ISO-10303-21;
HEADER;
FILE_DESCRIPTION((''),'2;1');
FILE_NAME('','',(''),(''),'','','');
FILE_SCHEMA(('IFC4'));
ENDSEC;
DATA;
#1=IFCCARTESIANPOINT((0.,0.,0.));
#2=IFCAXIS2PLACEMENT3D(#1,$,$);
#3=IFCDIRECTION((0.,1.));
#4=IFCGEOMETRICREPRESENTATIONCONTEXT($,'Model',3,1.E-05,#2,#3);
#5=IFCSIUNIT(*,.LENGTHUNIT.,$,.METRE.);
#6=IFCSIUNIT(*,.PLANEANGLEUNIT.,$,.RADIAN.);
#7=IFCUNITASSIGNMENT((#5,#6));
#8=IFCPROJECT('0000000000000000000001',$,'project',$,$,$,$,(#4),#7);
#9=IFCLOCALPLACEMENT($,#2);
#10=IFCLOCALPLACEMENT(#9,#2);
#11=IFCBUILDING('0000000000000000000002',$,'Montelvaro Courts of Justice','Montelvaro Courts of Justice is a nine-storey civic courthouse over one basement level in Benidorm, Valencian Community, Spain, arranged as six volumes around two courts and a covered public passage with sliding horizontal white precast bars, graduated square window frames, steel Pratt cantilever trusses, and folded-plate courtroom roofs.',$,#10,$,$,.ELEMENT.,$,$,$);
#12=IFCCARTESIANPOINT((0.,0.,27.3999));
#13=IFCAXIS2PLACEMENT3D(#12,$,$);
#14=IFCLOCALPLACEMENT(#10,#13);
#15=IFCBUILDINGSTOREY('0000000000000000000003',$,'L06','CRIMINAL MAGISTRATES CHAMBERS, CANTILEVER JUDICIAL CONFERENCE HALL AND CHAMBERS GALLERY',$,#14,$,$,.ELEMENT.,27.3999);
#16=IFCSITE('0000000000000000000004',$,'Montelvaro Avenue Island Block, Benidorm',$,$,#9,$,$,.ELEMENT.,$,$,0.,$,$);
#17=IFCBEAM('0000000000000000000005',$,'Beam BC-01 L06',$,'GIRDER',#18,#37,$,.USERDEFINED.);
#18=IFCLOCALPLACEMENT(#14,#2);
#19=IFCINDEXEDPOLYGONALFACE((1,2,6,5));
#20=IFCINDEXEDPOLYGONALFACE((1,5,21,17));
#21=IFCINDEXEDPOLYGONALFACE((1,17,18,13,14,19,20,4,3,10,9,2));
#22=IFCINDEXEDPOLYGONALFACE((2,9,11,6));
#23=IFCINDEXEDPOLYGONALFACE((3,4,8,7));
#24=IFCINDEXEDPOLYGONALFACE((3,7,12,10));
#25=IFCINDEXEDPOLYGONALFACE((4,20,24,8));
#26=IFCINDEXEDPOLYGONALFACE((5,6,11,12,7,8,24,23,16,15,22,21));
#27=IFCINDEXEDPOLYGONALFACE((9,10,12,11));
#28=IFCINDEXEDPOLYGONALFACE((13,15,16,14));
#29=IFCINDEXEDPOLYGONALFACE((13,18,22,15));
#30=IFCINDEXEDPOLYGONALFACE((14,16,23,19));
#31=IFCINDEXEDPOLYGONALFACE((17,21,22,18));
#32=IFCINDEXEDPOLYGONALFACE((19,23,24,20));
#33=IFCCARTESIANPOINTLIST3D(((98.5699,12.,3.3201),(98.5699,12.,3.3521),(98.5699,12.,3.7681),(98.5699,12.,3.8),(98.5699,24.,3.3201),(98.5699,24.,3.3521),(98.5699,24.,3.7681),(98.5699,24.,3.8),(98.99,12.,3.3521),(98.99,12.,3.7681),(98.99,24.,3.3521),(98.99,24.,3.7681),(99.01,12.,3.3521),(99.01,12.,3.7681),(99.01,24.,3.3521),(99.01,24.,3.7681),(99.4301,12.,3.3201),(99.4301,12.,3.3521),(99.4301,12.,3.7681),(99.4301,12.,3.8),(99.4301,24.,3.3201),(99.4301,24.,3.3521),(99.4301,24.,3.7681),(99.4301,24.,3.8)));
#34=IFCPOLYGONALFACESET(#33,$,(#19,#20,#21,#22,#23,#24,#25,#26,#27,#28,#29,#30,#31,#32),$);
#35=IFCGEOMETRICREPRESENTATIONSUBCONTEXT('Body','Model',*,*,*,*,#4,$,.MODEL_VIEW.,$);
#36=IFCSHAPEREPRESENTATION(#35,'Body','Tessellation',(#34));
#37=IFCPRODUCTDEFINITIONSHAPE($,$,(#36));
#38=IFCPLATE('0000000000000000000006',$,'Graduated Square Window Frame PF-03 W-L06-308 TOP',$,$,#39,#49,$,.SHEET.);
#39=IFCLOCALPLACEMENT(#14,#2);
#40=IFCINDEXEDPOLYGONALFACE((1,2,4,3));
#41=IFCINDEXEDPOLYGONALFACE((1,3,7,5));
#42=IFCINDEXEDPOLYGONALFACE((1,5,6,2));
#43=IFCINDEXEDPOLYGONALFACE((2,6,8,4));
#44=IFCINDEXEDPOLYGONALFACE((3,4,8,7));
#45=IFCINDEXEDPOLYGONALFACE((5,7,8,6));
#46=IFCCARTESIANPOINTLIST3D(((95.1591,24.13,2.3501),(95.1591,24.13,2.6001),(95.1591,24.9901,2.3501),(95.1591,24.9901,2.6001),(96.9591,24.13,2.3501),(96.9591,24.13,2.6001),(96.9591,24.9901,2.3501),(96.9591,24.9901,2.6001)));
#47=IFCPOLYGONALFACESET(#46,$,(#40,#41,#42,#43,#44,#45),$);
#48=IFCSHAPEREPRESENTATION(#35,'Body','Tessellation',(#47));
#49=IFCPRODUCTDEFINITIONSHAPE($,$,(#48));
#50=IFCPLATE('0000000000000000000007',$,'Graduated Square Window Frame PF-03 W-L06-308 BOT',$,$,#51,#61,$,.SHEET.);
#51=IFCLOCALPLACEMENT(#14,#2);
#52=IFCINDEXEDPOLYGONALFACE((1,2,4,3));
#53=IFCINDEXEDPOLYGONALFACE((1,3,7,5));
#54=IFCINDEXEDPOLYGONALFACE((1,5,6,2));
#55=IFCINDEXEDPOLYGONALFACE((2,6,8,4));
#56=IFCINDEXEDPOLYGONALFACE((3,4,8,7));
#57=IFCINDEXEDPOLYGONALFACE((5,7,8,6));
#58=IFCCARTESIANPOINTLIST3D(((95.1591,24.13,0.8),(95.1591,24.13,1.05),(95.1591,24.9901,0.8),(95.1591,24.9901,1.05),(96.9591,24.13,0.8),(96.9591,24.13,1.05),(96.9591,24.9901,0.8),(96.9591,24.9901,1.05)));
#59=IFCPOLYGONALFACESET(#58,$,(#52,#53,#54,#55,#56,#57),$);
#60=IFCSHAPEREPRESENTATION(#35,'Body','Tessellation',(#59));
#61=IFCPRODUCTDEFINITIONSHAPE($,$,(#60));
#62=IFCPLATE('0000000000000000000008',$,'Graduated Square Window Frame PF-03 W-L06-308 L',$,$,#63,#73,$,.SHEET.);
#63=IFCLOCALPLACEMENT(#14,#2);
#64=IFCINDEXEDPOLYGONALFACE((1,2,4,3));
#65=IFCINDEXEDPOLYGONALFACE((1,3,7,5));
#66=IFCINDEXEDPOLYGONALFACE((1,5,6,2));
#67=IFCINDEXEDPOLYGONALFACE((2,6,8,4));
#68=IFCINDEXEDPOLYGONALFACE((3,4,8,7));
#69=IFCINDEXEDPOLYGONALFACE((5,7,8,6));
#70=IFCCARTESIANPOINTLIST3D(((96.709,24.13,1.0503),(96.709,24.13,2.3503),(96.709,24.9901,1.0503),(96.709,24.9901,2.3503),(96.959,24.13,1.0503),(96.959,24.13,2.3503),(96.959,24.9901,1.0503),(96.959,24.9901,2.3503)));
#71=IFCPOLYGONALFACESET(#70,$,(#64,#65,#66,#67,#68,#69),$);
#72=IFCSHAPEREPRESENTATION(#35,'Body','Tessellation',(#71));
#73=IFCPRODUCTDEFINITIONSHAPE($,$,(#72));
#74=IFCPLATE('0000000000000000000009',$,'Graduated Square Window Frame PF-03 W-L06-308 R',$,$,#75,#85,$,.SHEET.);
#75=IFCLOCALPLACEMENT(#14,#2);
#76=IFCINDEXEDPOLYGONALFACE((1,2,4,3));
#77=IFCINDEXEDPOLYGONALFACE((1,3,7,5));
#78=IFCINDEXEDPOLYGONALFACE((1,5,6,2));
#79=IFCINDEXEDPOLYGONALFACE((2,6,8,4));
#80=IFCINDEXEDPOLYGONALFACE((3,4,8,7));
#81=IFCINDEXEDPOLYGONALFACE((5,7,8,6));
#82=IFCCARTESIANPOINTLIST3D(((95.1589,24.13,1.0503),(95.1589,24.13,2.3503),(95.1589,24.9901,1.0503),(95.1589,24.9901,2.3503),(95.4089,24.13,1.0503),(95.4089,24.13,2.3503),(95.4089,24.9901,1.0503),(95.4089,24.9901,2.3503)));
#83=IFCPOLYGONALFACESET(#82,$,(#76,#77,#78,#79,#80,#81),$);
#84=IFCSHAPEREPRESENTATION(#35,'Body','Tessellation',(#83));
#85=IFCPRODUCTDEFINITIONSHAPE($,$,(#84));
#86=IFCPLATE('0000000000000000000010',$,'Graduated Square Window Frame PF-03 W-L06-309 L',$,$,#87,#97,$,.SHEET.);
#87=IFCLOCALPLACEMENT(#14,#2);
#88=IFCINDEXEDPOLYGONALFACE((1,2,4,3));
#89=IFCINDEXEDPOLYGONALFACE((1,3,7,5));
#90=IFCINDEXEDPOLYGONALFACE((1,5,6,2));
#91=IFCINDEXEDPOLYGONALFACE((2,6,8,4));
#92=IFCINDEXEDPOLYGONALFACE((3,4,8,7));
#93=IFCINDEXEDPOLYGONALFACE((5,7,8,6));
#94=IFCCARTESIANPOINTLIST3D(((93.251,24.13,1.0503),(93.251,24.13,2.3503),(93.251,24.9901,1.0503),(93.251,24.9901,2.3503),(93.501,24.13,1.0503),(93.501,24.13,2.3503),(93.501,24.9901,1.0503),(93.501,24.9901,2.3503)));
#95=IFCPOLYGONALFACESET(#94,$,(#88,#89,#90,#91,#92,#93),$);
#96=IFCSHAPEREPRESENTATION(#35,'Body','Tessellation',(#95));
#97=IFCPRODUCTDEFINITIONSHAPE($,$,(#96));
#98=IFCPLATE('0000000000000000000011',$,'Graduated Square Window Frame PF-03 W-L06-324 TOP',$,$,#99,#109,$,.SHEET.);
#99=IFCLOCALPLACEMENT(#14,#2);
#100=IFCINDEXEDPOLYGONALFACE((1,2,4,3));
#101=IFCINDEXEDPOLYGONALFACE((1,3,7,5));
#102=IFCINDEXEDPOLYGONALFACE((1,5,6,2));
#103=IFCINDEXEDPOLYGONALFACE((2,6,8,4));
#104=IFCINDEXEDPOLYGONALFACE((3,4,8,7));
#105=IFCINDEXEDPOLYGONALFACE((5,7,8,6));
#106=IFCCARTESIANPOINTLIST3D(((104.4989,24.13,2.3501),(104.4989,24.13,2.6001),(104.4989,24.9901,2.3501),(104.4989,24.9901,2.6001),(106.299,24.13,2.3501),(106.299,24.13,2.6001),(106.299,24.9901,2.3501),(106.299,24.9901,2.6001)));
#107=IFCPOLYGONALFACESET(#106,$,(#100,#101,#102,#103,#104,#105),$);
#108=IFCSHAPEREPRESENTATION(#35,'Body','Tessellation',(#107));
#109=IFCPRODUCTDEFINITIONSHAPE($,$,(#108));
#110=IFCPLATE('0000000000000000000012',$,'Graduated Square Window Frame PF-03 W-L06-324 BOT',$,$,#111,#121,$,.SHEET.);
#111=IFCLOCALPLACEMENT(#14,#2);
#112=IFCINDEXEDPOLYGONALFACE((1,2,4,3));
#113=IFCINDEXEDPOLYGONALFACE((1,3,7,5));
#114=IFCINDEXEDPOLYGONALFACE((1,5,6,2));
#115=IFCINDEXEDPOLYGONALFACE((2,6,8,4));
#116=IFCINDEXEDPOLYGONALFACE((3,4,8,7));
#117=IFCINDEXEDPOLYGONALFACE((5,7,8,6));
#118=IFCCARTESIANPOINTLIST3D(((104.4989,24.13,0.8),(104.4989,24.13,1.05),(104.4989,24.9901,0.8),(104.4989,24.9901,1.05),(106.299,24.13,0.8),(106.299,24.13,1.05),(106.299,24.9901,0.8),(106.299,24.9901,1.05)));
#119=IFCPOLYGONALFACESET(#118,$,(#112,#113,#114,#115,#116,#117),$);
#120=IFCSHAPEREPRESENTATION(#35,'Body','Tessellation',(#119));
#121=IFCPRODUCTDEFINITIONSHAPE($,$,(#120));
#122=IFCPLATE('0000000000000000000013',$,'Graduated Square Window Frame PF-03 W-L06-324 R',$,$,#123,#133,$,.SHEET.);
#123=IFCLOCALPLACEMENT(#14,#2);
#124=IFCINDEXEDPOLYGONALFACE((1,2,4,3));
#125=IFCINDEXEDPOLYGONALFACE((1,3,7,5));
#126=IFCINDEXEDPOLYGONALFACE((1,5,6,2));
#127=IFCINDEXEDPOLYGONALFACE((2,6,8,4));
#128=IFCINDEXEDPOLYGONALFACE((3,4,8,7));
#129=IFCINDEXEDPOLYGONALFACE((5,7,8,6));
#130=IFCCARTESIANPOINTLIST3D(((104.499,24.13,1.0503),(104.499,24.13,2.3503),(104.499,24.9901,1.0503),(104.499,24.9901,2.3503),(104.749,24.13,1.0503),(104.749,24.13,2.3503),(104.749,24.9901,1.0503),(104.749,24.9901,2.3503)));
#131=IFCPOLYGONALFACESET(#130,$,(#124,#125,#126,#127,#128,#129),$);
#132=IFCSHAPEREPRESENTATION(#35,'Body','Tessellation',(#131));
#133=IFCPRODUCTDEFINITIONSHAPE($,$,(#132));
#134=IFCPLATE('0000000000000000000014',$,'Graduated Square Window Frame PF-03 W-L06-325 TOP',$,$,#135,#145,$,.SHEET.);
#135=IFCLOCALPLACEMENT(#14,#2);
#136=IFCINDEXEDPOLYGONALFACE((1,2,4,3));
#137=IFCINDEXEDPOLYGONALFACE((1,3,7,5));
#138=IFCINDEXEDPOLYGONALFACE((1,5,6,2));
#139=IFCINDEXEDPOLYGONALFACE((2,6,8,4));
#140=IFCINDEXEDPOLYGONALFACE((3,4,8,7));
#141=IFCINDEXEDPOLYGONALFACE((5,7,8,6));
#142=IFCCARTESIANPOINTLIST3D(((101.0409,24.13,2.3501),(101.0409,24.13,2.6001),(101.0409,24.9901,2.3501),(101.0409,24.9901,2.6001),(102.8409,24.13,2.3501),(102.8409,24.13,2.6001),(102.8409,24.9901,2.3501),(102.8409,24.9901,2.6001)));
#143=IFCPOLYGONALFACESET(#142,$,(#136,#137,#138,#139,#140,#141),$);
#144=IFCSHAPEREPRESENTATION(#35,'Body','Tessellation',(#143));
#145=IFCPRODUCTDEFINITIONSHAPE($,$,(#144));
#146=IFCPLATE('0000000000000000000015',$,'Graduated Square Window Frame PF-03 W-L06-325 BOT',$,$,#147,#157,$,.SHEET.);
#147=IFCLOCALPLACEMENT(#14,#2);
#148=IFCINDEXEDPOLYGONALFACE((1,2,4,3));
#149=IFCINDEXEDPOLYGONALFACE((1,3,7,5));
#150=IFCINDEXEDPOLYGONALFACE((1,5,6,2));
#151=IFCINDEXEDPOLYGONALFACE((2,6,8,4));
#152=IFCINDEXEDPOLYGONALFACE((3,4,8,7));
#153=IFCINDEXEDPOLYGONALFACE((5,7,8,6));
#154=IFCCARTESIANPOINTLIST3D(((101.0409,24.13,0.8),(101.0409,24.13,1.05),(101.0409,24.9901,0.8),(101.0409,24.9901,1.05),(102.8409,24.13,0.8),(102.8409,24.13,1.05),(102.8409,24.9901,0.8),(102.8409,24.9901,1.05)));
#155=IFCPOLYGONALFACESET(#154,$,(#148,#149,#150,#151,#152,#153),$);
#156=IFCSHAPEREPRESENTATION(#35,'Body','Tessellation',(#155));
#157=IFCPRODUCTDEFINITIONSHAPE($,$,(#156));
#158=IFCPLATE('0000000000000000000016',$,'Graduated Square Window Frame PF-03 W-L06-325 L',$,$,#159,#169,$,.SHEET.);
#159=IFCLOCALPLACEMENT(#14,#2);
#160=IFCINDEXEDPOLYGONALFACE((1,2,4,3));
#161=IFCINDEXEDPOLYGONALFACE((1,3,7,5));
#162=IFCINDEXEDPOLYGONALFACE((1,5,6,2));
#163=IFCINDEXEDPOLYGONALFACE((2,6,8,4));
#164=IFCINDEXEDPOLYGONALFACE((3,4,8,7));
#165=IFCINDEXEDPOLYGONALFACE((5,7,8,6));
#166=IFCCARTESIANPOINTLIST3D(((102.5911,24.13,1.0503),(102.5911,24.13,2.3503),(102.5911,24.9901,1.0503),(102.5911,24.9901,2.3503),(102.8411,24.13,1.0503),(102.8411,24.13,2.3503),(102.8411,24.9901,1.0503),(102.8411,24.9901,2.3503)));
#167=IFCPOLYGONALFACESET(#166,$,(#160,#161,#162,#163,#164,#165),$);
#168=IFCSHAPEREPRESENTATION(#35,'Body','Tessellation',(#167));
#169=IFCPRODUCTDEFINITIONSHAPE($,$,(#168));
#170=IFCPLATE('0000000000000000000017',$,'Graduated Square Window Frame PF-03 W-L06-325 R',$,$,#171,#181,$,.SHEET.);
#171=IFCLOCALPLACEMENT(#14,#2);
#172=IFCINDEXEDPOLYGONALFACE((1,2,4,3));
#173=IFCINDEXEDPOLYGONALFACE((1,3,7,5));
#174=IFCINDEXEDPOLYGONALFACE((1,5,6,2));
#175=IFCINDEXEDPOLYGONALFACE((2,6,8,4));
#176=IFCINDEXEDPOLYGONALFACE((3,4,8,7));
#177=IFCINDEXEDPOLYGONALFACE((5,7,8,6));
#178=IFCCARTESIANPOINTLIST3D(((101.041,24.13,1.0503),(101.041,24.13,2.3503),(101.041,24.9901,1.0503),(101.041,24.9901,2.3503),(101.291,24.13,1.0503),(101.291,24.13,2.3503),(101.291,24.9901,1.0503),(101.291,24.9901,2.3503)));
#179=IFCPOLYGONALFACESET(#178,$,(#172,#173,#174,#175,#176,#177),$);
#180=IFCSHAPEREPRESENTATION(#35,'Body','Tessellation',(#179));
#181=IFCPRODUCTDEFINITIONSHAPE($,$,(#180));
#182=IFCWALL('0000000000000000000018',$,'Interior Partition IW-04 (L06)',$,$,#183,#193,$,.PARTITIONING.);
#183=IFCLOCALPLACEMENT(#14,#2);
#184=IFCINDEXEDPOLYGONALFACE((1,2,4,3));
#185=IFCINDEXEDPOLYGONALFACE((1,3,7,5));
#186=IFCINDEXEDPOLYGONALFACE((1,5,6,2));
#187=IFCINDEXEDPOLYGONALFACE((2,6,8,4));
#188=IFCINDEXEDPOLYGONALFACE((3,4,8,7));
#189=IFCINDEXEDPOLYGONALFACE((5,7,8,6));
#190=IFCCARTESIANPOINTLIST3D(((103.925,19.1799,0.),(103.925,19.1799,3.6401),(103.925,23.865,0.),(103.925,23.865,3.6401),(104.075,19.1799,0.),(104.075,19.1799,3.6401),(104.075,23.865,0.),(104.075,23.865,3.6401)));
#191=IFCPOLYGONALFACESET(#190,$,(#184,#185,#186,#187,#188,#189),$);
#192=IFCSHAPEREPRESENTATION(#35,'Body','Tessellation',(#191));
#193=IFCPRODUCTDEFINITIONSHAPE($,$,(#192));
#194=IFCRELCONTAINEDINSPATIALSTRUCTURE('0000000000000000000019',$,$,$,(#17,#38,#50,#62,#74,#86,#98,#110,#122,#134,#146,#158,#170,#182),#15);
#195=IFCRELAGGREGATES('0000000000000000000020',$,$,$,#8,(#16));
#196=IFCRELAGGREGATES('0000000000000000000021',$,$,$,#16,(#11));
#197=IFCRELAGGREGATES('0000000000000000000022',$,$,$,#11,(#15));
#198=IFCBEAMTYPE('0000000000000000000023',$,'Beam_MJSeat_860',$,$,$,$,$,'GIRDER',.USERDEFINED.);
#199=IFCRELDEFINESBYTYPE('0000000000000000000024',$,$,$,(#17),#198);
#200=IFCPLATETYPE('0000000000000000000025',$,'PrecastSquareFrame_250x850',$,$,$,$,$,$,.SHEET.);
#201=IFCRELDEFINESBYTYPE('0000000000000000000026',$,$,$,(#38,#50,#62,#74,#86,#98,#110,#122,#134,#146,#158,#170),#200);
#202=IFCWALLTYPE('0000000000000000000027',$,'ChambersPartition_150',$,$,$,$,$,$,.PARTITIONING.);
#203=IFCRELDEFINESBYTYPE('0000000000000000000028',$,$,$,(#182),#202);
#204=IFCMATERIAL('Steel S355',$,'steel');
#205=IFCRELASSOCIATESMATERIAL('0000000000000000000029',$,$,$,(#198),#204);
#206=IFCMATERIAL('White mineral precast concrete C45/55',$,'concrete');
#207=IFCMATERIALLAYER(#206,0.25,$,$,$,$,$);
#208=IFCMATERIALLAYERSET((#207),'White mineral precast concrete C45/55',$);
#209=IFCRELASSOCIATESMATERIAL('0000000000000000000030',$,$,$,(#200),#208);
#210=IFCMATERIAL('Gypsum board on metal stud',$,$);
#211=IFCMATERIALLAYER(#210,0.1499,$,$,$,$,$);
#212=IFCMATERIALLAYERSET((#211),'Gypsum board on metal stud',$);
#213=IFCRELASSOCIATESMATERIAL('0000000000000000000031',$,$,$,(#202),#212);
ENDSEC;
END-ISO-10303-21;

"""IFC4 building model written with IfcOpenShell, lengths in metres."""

from ifc_helpers import new_model, si_unit, direction, frame, frame_2d, origin, origin_2d, place, context, subcontext, project, spatial, rectangle, i_section, extrude, material, layer, layer_set, material_profile, profile_set, type_object, element, save


model = new_model("IFC4")

# Units and contexts
model_context = context("Model", 3, precision=1e-05, world=origin(), true_north=direction((0.0, 1.0)))
body_context = subcontext(model_context, "Body", "Model", "MODEL_VIEW")
ifc_project = project(units=[si_unit("LENGTHUNIT", "METRE"), si_unit("PLANEANGLEUNIT", "RADIAN")], contexts=[model_context])

# Site, building, storey
site_placement = place(None, origin())
site = spatial("IfcSite", under=ifc_project, at=site_placement, Name="Montelvaro Avenue Island Block, Benidorm", CompositionType="ELEMENT", RefElevation=0.0)
building_placement = place(site_placement, origin())
building = spatial("IfcBuilding", under=site, at=building_placement, Name="Montelvaro Courts of Justice", Description="Montelvaro Courts of Justice is a nine-storey civic courthouse over one basement level in Benidorm, Valencian Community, Spain, arranged as six volumes around two courts and a covered public passage with sliding horizontal white precast bars, graduated square window frames, steel Pratt cantilever trusses, and folded-plate courtroom roofs.", CompositionType="ELEMENT")
storey_placement = place(building_placement, frame((0.0, 0.0, 27.3999)))
storey = spatial("IfcBuildingStorey", under=building, at=storey_placement, Name="L06", Description="CRIMINAL MAGISTRATES CHAMBERS, CANTILEVER JUDICIAL CONFERENCE HALL AND CHAMBERS GALLERY", CompositionType="ELEMENT", Elevation=27.3999)

# Shared definitions
ifc_material_1 = material(Name="Steel S355", Category="steel")

# Beam
ifc_material_profile_1 = material_profile(ifc_material_1, i_section(OverallWidth=0.8601, OverallDepth=0.48, WebThickness=0.02, FlangeThickness=0.032, at=origin_2d()), Name="HL 480x860")
ifc_profile_set_1 = profile_set([ifc_material_profile_1], Name="Steel S355")
beam_type_1 = type_object("IfcBeamType", Name="Beam_MJSeat_860", ElementType="GIRDER", PredefinedType="USERDEFINED", material=ifc_profile_set_1)
beam_1_placement = place(storey_placement, frame((99.0, 12.0, 3.5601), z_axis=(0.0, 1.0, 0.0), x_axis=(-1.0, 0.0, 0.0)))
element("IfcBeam", 1, at=beam_1_placement, inside=storey, type_object=beam_type_1, Name="Beam BC-01 L06", ObjectType="GIRDER", PredefinedType="USERDEFINED", context=body_context, shape_type="SweptSolid", body=[
    extrude(i_section(OverallWidth=0.8601, OverallDepth=0.48, WebThickness=0.02, FlangeThickness=0.032, at=origin_2d()), origin(), (0.0, 0.0, 1.0), 12.0),
])

# Plates
ifc_material_2 = material(Name="White mineral precast concrete C45/55", Category="concrete")
ifc_layer_1 = layer(ifc_material_2, 0.25)
ifc_layer_set_1 = layer_set([ifc_layer_1], Name="White mineral precast concrete C45/55")
plate_type = type_object("IfcPlateType", Name="PrecastSquareFrame_250x850", PredefinedType="SHEET", material=ifc_layer_set_1)
for number, where, z_axis, x_axis, name in (
    (2, (96.0591, 24.5601, 2.3501), (0.0, 0.0, 1.0), (-1.0, 0.0, 0.0), "Graduated Square Window Frame PF-03 W-L06-308 TOP"),
    (3, (96.0591, 24.5601, 0.8), (0.0, 0.0, 1.0), (-1.0, 0.0, 0.0), "Graduated Square Window Frame PF-03 W-L06-308 BOT"),
):
    element("IfcPlate", number, at=place(storey_placement, frame(where, z_axis=z_axis, x_axis=x_axis)), inside=storey, type_object=plate_type, Name=name, PredefinedType="SHEET", context=body_context, shape_type="SweptSolid", body=[
        extrude(rectangle(XDim=1.8, YDim=0.8601, at=origin_2d()), origin(), (0.0, 0.0, 1.0), 0.25),
    ])
for number, where, z_axis, x_axis, name in (
    (4, (96.834, 24.5601, 1.0503), (0.0, 0.0, 1.0), (-1.0, 0.0, 0.0), "Graduated Square Window Frame PF-03 W-L06-308 L"),
    (5, (95.2839, 24.5601, 1.0503), (0.0, 0.0, 1.0), (-1.0, 0.0, 0.0), "Graduated Square Window Frame PF-03 W-L06-308 R"),
    (6, (93.376, 24.5601, 1.0503), (0.0, 0.0, 1.0), (-1.0, 0.0, 0.0), "Graduated Square Window Frame PF-03 W-L06-309 L"),
):
    element("IfcPlate", number, at=place(storey_placement, frame(where, z_axis=z_axis, x_axis=x_axis)), inside=storey, type_object=plate_type, Name=name, PredefinedType="SHEET", context=body_context, shape_type="SweptSolid", body=[
        extrude(rectangle(XDim=0.25, YDim=0.8601, at=origin_2d()), origin(), (0.0, 0.0, 1.0), 1.3),
    ])
for number, where, z_axis, x_axis, name in (
    (7, (105.3989, 24.5601, 2.3501), (0.0, 0.0, 1.0), (-1.0, 0.0, 0.0), "Graduated Square Window Frame PF-03 W-L06-324 TOP"),
    (8, (105.3989, 24.5601, 0.8), (0.0, 0.0, 1.0), (-1.0, 0.0, 0.0), "Graduated Square Window Frame PF-03 W-L06-324 BOT"),
):
    element("IfcPlate", number, at=place(storey_placement, frame(where, z_axis=z_axis, x_axis=x_axis)), inside=storey, type_object=plate_type, Name=name, PredefinedType="SHEET", context=body_context, shape_type="SweptSolid", body=[
        extrude(rectangle(XDim=1.8, YDim=0.8601, at=origin_2d()), origin(), (0.0, 0.0, 1.0), 0.25),
    ])
plate_placement = place(storey_placement, frame((104.624, 24.5601, 1.0503), z_axis=(0.0, 0.0, 1.0), x_axis=(-1.0, 0.0, 0.0)))
element("IfcPlate", 9, at=plate_placement, inside=storey, type_object=plate_type, Name="Graduated Square Window Frame PF-03 W-L06-324 R", PredefinedType="SHEET", context=body_context, shape_type="SweptSolid", body=[
    extrude(rectangle(XDim=0.25, YDim=0.8601, at=origin_2d()), origin(), (0.0, 0.0, 1.0), 1.3),
])
for number, where, z_axis, x_axis, name in (
    (10, (101.9409, 24.5601, 2.3501), (0.0, 0.0, 1.0), (-1.0, 0.0, 0.0), "Graduated Square Window Frame PF-03 W-L06-325 TOP"),
    (11, (101.9409, 24.5601, 0.8), (0.0, 0.0, 1.0), (-1.0, 0.0, 0.0), "Graduated Square Window Frame PF-03 W-L06-325 BOT"),
):
    element("IfcPlate", number, at=place(storey_placement, frame(where, z_axis=z_axis, x_axis=x_axis)), inside=storey, type_object=plate_type, Name=name, PredefinedType="SHEET", context=body_context, shape_type="SweptSolid", body=[
        extrude(rectangle(XDim=1.8, YDim=0.8601, at=origin_2d()), origin(), (0.0, 0.0, 1.0), 0.25),
    ])
for number, where, z_axis, x_axis, name in (
    (12, (102.7161, 24.5601, 1.0503), (0.0, 0.0, 1.0), (-1.0, 0.0, 0.0), "Graduated Square Window Frame PF-03 W-L06-325 L"),
    (13, (101.166, 24.5601, 1.0503), (0.0, 0.0, 1.0), (-1.0, 0.0, 0.0), "Graduated Square Window Frame PF-03 W-L06-325 R"),
):
    element("IfcPlate", number, at=place(storey_placement, frame(where, z_axis=z_axis, x_axis=x_axis)), inside=storey, type_object=plate_type, Name=name, PredefinedType="SHEET", context=body_context, shape_type="SweptSolid", body=[
        extrude(rectangle(XDim=0.25, YDim=0.8601, at=origin_2d()), origin(), (0.0, 0.0, 1.0), 1.3),
    ])

# Wall
ifc_material_3 = material(Name="Gypsum board on metal stud")
ifc_layer_2 = layer(ifc_material_3, 0.1499)
ifc_layer_set_2 = layer_set([ifc_layer_2], Name="Gypsum board on metal stud")
wall_type_1 = type_object("IfcWallType", Name="ChambersPartition_150", PredefinedType="PARTITIONING", material=ifc_layer_set_2)
wall_1_placement = place(storey_placement, frame((104.0, 23.865, 0.0), z_axis=(0.0, 0.0, 1.0), x_axis=(0.0, -1.0, 0.0)))
element("IfcWall", 14, at=wall_1_placement, inside=storey, type_object=wall_type_1, Name="Interior Partition IW-04 (L06)", PredefinedType="PARTITIONING", context=body_context, shape_type="SweptSolid", body=[
    extrude(rectangle(XDim=4.6851, YDim=0.1499, at=frame_2d((2.3425, 0.0))), origin(), (0.0, 0.0, 1.0), 3.6401),
])

save(model, "model.ifc")
